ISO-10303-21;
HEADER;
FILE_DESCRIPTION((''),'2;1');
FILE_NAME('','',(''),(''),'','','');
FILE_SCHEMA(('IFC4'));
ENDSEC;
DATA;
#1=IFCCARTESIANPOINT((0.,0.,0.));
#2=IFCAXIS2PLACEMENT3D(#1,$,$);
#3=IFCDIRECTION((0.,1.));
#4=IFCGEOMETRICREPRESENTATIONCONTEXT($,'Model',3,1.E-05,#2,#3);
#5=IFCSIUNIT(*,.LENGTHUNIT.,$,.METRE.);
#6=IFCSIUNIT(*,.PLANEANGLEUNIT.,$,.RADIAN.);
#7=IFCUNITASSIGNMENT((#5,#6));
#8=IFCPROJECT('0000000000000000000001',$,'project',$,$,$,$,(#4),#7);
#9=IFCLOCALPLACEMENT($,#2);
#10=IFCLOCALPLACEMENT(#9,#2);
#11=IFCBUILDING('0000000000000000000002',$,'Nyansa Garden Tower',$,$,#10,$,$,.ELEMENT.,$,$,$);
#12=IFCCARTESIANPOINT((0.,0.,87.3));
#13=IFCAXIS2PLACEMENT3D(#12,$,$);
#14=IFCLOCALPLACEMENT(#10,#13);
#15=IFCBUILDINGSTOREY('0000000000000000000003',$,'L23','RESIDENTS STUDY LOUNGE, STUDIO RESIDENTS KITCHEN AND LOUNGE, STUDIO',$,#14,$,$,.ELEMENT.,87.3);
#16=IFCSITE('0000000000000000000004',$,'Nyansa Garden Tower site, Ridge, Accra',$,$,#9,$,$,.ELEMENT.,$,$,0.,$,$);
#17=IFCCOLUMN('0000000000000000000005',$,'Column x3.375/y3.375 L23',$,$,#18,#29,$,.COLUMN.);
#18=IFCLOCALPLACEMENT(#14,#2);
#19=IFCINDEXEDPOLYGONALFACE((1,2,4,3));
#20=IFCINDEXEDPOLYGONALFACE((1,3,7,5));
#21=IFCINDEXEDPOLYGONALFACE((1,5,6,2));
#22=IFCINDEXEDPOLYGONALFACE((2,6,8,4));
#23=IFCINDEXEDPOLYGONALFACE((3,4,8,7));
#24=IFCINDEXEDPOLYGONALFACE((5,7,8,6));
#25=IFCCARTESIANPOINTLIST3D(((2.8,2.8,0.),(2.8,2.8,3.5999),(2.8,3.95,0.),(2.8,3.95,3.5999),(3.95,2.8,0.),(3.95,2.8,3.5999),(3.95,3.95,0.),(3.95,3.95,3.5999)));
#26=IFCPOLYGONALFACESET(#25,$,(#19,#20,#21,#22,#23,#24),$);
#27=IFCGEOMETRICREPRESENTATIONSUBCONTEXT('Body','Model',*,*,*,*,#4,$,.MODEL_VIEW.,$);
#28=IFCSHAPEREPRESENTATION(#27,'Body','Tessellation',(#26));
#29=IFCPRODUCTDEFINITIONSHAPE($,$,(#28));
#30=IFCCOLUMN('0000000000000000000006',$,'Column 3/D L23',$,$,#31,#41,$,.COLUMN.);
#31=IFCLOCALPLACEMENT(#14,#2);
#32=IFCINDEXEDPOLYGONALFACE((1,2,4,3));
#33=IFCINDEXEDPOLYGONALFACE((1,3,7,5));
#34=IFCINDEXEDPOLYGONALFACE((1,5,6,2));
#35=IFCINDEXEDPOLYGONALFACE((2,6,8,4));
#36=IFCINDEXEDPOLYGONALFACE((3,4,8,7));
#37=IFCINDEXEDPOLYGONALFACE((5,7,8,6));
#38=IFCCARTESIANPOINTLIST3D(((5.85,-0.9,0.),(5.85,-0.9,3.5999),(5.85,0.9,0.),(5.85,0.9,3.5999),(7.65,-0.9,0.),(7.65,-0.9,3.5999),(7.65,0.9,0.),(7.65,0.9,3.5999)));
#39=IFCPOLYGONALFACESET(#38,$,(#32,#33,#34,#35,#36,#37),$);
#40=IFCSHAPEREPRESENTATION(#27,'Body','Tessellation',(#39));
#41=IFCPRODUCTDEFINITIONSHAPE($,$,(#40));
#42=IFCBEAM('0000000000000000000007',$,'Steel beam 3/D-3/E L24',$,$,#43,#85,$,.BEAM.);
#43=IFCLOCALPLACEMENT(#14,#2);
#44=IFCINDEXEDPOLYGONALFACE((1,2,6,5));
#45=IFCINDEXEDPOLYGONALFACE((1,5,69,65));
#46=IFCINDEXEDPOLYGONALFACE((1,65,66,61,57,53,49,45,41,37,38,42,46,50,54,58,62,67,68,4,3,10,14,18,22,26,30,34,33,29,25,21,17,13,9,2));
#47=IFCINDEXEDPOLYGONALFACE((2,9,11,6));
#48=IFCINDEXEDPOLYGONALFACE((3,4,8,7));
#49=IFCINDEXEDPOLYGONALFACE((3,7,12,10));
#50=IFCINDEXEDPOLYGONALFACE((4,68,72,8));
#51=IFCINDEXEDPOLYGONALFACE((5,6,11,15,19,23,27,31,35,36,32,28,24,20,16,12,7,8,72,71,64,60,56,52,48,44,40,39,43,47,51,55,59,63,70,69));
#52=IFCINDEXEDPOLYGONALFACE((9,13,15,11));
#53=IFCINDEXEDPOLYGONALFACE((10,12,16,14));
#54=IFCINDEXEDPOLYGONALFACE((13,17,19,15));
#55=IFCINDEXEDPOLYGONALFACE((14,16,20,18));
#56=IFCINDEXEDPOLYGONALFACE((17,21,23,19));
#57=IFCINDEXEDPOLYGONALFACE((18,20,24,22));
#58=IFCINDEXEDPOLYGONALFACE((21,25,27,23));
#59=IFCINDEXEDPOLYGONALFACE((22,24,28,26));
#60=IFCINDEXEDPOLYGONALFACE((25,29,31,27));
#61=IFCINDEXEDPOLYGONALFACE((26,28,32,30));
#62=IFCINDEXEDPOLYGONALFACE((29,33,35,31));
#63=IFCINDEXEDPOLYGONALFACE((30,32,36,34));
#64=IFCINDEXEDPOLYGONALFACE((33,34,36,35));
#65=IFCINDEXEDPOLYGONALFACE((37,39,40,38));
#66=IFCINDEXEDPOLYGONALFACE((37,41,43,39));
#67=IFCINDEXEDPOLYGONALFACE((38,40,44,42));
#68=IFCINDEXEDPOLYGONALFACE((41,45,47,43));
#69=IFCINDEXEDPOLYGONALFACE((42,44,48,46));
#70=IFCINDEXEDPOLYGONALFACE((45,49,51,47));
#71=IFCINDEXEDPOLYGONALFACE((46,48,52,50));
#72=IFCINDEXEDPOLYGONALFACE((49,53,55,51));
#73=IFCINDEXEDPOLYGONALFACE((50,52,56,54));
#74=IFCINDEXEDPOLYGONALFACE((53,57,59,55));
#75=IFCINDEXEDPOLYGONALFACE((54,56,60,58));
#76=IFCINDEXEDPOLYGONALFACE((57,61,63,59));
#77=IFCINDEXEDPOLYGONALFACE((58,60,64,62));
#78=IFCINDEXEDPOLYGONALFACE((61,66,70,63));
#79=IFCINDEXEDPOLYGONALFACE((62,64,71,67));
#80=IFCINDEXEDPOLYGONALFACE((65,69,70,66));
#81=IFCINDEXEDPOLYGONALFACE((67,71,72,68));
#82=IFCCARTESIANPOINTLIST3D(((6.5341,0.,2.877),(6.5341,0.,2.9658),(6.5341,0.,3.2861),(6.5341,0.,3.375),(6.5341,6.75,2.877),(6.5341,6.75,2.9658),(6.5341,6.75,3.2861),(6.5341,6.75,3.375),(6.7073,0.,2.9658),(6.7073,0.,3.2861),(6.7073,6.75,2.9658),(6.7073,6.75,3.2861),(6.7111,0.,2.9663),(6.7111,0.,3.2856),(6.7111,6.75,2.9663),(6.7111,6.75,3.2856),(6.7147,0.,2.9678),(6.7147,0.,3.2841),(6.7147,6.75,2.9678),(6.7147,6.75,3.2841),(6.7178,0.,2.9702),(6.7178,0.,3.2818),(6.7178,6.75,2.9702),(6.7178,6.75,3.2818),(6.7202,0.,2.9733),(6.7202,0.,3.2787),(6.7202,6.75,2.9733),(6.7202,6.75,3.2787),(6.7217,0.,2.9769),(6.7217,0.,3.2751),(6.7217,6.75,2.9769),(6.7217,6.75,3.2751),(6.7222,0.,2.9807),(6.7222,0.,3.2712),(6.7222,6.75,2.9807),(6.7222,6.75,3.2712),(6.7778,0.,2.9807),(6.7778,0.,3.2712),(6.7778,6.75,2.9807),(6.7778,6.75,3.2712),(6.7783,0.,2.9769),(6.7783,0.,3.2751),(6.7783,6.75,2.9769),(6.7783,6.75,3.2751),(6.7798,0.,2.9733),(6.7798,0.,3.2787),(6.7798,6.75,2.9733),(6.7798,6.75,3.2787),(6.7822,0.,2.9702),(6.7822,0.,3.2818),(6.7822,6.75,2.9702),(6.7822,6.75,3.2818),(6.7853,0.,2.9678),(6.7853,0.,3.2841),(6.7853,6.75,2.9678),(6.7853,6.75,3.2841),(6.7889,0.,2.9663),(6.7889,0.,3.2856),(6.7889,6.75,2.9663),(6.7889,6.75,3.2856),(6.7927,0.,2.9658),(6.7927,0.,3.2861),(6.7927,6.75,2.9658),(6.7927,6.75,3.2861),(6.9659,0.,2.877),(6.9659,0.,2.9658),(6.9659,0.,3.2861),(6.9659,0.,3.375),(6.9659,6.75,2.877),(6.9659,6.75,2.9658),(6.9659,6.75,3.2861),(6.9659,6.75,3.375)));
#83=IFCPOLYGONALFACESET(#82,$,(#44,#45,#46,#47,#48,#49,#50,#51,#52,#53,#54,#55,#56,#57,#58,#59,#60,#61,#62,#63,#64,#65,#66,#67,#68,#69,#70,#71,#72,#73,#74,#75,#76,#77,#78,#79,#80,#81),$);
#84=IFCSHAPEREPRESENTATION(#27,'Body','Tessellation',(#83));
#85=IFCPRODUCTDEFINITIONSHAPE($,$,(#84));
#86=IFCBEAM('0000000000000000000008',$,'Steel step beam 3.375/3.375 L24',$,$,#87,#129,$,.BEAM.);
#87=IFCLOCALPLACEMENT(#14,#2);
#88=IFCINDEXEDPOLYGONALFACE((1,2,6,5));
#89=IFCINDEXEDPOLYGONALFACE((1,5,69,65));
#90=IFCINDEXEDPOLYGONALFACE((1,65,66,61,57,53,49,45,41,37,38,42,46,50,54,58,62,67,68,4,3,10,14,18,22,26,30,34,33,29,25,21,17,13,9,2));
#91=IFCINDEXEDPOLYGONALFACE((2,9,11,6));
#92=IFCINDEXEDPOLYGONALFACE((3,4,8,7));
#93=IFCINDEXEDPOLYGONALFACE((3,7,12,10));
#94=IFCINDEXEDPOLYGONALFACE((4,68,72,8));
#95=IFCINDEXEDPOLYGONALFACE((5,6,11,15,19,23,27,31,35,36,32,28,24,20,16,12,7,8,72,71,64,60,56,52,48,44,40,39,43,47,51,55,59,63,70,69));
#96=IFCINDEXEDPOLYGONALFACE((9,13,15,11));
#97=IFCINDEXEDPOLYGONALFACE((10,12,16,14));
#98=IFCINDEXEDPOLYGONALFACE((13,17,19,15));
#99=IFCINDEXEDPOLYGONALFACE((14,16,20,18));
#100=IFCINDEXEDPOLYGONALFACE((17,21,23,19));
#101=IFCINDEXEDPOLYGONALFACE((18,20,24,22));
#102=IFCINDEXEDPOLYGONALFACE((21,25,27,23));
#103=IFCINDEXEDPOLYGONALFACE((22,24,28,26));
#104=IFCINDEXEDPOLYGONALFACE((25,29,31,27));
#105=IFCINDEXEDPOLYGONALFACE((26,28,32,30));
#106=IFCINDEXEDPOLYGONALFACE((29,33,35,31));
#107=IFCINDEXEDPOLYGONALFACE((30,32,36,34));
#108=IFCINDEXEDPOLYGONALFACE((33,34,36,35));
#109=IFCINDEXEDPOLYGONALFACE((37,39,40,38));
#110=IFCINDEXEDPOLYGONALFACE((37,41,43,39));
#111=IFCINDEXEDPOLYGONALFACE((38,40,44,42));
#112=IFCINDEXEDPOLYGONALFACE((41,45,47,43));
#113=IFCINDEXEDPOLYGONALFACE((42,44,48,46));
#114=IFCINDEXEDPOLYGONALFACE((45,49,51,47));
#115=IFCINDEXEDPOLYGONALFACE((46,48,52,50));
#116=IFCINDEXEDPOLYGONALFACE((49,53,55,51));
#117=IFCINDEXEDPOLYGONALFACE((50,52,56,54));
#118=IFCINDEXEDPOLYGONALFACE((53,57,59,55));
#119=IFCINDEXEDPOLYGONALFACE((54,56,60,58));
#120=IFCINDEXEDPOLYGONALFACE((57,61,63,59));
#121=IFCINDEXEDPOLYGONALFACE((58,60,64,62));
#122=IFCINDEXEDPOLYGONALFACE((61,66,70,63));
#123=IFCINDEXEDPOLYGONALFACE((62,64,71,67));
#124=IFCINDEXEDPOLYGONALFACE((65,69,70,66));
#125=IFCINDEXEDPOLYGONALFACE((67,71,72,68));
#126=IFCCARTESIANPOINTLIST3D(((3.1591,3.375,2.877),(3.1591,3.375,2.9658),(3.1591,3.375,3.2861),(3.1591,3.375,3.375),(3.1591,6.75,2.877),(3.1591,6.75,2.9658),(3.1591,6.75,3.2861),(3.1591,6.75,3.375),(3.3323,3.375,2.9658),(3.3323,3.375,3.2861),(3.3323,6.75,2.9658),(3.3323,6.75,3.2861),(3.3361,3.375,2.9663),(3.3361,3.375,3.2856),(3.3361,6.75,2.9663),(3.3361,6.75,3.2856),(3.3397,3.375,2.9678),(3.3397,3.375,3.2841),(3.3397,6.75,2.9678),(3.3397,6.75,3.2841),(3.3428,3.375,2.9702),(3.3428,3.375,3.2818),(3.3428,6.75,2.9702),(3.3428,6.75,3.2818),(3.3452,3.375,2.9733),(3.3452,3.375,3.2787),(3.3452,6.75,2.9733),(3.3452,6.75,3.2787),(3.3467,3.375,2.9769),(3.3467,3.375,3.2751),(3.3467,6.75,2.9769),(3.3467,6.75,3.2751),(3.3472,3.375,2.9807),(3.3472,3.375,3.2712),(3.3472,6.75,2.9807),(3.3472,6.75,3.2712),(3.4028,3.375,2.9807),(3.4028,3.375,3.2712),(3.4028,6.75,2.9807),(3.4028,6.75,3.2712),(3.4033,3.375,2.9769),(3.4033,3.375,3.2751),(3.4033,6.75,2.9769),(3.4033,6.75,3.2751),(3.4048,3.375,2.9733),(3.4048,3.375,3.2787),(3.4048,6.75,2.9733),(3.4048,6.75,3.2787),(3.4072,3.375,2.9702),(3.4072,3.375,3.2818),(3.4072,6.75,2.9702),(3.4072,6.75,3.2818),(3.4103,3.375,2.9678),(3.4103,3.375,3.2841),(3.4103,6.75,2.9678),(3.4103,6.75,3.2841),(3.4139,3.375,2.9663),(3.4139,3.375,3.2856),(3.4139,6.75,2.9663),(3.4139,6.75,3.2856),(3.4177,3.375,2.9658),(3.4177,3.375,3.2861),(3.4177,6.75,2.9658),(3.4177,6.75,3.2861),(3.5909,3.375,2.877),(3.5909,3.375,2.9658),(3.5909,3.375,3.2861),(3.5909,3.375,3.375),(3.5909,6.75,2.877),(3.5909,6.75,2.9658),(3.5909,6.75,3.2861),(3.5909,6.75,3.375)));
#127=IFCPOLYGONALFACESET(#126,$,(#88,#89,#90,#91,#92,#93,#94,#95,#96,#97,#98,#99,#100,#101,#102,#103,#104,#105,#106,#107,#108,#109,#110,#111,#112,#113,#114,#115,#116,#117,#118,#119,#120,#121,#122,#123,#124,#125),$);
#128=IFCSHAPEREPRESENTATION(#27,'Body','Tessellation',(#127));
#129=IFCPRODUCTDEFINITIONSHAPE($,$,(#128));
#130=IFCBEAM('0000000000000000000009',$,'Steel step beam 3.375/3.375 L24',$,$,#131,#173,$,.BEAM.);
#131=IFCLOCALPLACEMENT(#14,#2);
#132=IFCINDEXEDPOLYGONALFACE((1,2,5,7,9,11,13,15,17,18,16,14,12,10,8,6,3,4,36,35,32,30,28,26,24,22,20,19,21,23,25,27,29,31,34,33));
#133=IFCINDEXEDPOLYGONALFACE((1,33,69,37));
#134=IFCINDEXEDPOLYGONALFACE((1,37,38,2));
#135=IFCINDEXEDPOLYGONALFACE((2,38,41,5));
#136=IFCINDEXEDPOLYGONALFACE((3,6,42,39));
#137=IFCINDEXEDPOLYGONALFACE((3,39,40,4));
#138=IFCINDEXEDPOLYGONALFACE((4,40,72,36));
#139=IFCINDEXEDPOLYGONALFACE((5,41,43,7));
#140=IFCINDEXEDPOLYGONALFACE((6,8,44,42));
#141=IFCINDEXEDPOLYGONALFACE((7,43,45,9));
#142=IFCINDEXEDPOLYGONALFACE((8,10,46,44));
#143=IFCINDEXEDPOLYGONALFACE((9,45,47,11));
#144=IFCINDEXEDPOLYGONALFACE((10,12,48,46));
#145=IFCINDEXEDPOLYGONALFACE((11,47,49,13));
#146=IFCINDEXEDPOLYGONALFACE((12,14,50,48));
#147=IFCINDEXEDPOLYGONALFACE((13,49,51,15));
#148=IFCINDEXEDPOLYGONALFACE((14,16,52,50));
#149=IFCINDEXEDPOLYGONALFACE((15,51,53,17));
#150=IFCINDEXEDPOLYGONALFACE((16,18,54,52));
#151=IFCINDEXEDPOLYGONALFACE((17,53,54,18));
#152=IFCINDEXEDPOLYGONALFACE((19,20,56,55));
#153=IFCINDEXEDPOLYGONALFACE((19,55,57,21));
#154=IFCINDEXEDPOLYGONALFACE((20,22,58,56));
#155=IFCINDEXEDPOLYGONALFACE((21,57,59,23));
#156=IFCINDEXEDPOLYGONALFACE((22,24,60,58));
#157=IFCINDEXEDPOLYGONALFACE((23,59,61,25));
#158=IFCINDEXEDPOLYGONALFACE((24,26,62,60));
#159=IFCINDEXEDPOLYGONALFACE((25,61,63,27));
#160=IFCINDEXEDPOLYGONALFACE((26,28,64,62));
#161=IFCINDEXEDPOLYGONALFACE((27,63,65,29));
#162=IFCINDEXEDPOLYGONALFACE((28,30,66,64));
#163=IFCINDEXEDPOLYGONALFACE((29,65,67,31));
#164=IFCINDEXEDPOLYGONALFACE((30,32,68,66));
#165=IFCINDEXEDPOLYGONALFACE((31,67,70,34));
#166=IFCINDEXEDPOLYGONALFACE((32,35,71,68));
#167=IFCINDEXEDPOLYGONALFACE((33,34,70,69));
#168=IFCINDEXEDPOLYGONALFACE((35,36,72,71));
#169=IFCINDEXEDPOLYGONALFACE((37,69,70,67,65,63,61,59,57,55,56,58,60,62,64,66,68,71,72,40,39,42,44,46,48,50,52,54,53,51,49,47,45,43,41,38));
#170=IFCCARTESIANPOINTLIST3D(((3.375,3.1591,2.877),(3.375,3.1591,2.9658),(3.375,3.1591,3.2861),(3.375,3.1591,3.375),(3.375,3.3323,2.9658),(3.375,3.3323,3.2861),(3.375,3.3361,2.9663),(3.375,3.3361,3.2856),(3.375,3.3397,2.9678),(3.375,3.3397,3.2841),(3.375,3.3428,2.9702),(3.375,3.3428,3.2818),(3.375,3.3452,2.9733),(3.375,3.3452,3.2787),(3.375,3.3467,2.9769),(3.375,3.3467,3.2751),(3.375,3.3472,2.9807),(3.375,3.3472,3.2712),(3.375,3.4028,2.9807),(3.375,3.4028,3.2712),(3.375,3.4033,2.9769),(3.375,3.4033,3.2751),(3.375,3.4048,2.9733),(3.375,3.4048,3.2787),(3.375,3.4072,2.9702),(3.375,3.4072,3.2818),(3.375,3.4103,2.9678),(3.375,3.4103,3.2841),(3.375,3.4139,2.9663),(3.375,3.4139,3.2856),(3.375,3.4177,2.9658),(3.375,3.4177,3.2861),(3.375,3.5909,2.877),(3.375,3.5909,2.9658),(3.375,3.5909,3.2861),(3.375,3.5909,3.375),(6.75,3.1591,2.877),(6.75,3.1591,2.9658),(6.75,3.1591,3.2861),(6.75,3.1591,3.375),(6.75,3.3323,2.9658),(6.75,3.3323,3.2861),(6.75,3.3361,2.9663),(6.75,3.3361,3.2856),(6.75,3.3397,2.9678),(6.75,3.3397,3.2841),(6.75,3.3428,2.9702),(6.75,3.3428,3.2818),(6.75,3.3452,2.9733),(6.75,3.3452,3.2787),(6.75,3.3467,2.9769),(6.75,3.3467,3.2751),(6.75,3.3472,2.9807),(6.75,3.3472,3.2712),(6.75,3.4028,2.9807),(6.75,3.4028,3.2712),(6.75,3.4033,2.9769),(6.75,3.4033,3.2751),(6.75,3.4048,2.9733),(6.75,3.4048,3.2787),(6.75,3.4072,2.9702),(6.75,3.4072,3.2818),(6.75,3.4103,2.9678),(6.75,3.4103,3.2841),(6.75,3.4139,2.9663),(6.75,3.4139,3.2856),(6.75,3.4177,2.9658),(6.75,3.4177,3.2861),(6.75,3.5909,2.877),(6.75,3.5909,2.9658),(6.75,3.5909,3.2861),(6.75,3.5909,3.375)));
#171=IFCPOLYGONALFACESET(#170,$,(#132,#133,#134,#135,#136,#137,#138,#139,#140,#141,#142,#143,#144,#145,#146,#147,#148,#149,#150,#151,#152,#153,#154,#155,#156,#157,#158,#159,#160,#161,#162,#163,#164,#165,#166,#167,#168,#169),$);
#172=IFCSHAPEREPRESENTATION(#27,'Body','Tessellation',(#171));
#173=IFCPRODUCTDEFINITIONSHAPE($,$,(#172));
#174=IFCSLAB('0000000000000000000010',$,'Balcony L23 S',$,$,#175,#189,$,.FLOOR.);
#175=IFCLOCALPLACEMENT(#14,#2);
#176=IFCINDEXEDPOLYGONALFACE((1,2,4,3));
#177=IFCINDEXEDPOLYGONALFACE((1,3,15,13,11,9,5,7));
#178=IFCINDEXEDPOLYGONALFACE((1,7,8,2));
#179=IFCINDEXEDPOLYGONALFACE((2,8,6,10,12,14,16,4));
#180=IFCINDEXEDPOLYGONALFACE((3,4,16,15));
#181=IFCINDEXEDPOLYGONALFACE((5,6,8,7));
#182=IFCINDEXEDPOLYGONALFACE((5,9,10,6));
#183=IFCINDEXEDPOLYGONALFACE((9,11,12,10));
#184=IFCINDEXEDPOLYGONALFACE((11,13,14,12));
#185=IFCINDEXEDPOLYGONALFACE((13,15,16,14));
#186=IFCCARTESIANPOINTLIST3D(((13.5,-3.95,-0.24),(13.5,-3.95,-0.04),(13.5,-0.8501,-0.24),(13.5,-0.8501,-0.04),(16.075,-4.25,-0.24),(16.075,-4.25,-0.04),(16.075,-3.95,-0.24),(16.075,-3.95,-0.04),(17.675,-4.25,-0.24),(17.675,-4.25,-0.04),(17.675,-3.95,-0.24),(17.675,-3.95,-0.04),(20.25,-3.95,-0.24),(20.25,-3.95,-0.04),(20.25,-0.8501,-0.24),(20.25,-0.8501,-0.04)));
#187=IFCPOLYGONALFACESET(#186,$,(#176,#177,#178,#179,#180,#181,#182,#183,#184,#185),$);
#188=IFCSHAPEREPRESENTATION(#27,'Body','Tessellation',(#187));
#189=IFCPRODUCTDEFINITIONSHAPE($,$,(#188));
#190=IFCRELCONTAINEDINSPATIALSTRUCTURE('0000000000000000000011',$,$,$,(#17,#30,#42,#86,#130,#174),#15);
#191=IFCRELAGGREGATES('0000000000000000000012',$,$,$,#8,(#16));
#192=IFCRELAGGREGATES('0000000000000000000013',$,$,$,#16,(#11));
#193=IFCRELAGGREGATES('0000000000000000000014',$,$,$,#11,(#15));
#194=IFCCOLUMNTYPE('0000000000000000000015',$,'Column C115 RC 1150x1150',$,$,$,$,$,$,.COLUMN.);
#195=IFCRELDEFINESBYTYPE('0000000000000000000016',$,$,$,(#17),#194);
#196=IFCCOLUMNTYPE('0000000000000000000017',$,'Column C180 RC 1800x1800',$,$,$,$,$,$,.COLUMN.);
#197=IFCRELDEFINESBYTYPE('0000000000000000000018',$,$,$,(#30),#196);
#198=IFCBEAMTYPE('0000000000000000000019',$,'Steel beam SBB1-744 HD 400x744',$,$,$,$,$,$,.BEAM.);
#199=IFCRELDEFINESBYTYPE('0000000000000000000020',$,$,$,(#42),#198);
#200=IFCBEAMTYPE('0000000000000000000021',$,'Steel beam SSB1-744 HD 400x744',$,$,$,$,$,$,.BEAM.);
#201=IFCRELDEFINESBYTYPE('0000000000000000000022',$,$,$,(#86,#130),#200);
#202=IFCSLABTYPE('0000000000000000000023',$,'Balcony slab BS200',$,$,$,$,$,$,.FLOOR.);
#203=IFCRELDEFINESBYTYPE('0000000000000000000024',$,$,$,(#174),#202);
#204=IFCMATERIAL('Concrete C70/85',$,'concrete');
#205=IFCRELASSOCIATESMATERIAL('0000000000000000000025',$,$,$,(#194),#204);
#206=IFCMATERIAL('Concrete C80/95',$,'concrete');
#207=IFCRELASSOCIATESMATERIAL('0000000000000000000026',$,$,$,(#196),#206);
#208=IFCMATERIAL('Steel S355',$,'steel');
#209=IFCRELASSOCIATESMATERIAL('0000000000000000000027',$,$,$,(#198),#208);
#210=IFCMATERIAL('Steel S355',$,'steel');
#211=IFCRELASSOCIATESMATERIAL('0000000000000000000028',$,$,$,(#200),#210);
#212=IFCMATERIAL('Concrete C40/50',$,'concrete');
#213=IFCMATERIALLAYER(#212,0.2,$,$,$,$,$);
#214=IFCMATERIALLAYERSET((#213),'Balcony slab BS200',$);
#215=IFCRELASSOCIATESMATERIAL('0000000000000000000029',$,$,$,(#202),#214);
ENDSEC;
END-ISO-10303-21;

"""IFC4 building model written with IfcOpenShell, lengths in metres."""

from ifc_helpers import new_model, si_unit, direction, frame, origin, origin_2d, place, context, subcontext, project, spatial, polyline, rectangle, i_section, outline, extrude, material, layer, layer_set, material_profile, profile_set, type_object, element, save


model = new_model("IFC4")

# Units and contexts
model_context = context("Model", 3, precision=1e-05, world=origin(), true_north=direction((0.0, 1.0)))
body_context = subcontext(model_context, "Body", "Model", "MODEL_VIEW")
ifc_project = project(units=[si_unit("LENGTHUNIT", "METRE"), si_unit("PLANEANGLEUNIT", "RADIAN")], contexts=[model_context])

# Site, building, storey
site_placement = place(None, origin())
site = spatial("IfcSite", under=ifc_project, at=site_placement, Name="Nyansa Garden Tower site, Ridge, Accra", CompositionType="ELEMENT", RefElevation=0.0)
building_placement = place(site_placement, origin())
building = spatial("IfcBuilding", under=site, at=building_placement, Name="Nyansa Garden Tower", CompositionType="ELEMENT")
storey_placement = place(building_placement, frame((0.0, 0.0, 87.3)))
storey = spatial("IfcBuildingStorey", under=building, at=storey_placement, Name="L23", Description="RESIDENTS STUDY LOUNGE, STUDIO RESIDENTS KITCHEN AND LOUNGE, STUDIO", CompositionType="ELEMENT", Elevation=87.3)

# Columns
ifc_material_1 = material(Name="Concrete C70/85", Category="concrete")
ifc_material_profile_1 = material_profile(ifc_material_1, rectangle(XDim=1.1499, YDim=1.1499, at=origin_2d()), Name="RC 1150x1150")
ifc_profile_set_1 = profile_set([ifc_material_profile_1], Name="Concrete C70/85")
column_type_1 = type_object("IfcColumnType", Name="Column C115 RC 1150x1150", PredefinedType="COLUMN", material=ifc_profile_set_1)
column_1_placement = place(storey_placement, frame((3.375, 3.375, 0.0), z_axis=(0.0, 0.0, 1.0), x_axis=(1.0, 0.0, 0.0)))
element("IfcColumn", 1, at=column_1_placement, inside=storey, type_object=column_type_1, Name="Column x3.375/y3.375 L23", PredefinedType="COLUMN", context=body_context, shape_type="SweptSolid", body=[
    extrude(rectangle(XDim=1.1499, YDim=1.1499, at=origin_2d()), origin(), (0.0, 0.0, 1.0), 3.5999),
])
ifc_material_2 = material(Name="Concrete C80/95", Category="concrete")
ifc_material_profile_2 = material_profile(ifc_material_2, rectangle(XDim=1.8, YDim=1.8, at=origin_2d()), Name="RC 1800x1800")
ifc_profile_set_2 = profile_set([ifc_material_profile_2], Name="Concrete C80/95")
column_type_2 = type_object("IfcColumnType", Name="Column C180 RC 1800x1800", PredefinedType="COLUMN", material=ifc_profile_set_2)
column_2_placement = place(storey_placement, frame((6.75, 0.0, 0.0), z_axis=(0.0, 0.0, 1.0), x_axis=(1.0, 0.0, 0.0)))
element("IfcColumn", 2, at=column_2_placement, inside=storey, type_object=column_type_2, Name="Column 3/D L23", PredefinedType="COLUMN", context=body_context, shape_type="SweptSolid", body=[
    extrude(rectangle(XDim=1.8, YDim=1.8, at=origin_2d()), origin(), (0.0, 0.0, 1.0), 3.5999),
])

# Beams
ifc_material_3 = material(Name="Steel S355", Category="steel")
ifc_material_profile_3 = material_profile(ifc_material_3, i_section(OverallWidth=0.4319, OverallDepth=0.498, WebThickness=0.0557, FlangeThickness=0.0889, FilletRadius=0.0149, at=origin_2d()), Name="HD 400x744")
ifc_profile_set_3 = profile_set([ifc_material_profile_3], Name="Steel S355")
beam_type_1 = type_object("IfcBeamType", Name="Steel beam SBB1-744 HD 400x744", PredefinedType="BEAM", material=ifc_profile_set_3)
beam_placement = place(storey_placement, frame((6.75, 0.0, 3.126), z_axis=(0.0, 1.0, 0.0), x_axis=(-1.0, 0.0, 0.0)))
element("IfcBeam", 3, at=beam_placement, inside=storey, type_object=beam_type_1, Name="Steel beam 3/D-3/E L24", PredefinedType="BEAM", context=body_context, shape_type="SweptSolid", body=[
    extrude(i_section(OverallWidth=0.4319, OverallDepth=0.498, WebThickness=0.0557, FlangeThickness=0.0889, FilletRadius=0.0149, at=origin_2d()), origin(), (0.0, 0.0, 1.0), 6.75),
])
ifc_material_4 = material(Name="Steel S355", Category="steel")
ifc_material_profile_4 = material_profile(ifc_material_4, i_section(OverallWidth=0.4319, OverallDepth=0.498, WebThickness=0.0557, FlangeThickness=0.0889, FilletRadius=0.0149, at=origin_2d()), Name="HD 400x744")
ifc_profile_set_4 = profile_set([ifc_material_profile_4], Name="Steel S355")
beam_type_2 = type_object("IfcBeamType", Name="Steel beam SSB1-744 HD 400x744", PredefinedType="BEAM", material=ifc_profile_set_4)
for number, where, z_axis, x_axis, name in (
    (4, (3.375, 3.375, 3.126), (0.0, 1.0, 0.0), (-1.0, 0.0, 0.0), "Steel step beam 3.375/3.375 L24"),
    (5, (3.375, 3.375, 3.126), (1.0, 0.0, 0.0), (0.0, 1.0, 0.0), "Steel step beam 3.375/3.375 L24"),
):
    element("IfcBeam", number, at=place(storey_placement, frame(where, z_axis=z_axis, x_axis=x_axis)), inside=storey, type_object=beam_type_2, Name=name, PredefinedType="BEAM", context=body_context, shape_type="SweptSolid", body=[
        extrude(i_section(OverallWidth=0.4319, OverallDepth=0.498, WebThickness=0.0557, FlangeThickness=0.0889, FilletRadius=0.0149, at=origin_2d()), origin(), (0.0, 0.0, 1.0), 3.375),
    ])

# Slab
ifc_material_5 = material(Name="Concrete C40/50", Category="concrete")
ifc_layer_1 = layer(ifc_material_5, 0.2)
ifc_layer_set_1 = layer_set([ifc_layer_1], Name="Balcony slab BS200")
slab_type_1 = type_object("IfcSlabType", Name="Balcony slab BS200", PredefinedType="FLOOR", material=ifc_layer_set_1)
slab_1_placement = place(storey_placement, frame((0.0, 0.0, -0.24)))
element("IfcSlab", 6, at=slab_1_placement, inside=storey, type_object=slab_type_1, Name="Balcony L23 S", PredefinedType="FLOOR", context=body_context, shape_type="SweptSolid", body=[
    extrude(outline(polyline([(13.5, -0.8501), (20.25, -0.8501), (20.25, -3.95), (17.675, -3.95), (17.675, -4.25), (16.075, -4.25), (16.075, -3.95), (13.5, -3.95), (13.5, -0.8501)])), origin(), (0.0, 0.0, 1.0), 0.2),
])

save(model, "model.ifc")
